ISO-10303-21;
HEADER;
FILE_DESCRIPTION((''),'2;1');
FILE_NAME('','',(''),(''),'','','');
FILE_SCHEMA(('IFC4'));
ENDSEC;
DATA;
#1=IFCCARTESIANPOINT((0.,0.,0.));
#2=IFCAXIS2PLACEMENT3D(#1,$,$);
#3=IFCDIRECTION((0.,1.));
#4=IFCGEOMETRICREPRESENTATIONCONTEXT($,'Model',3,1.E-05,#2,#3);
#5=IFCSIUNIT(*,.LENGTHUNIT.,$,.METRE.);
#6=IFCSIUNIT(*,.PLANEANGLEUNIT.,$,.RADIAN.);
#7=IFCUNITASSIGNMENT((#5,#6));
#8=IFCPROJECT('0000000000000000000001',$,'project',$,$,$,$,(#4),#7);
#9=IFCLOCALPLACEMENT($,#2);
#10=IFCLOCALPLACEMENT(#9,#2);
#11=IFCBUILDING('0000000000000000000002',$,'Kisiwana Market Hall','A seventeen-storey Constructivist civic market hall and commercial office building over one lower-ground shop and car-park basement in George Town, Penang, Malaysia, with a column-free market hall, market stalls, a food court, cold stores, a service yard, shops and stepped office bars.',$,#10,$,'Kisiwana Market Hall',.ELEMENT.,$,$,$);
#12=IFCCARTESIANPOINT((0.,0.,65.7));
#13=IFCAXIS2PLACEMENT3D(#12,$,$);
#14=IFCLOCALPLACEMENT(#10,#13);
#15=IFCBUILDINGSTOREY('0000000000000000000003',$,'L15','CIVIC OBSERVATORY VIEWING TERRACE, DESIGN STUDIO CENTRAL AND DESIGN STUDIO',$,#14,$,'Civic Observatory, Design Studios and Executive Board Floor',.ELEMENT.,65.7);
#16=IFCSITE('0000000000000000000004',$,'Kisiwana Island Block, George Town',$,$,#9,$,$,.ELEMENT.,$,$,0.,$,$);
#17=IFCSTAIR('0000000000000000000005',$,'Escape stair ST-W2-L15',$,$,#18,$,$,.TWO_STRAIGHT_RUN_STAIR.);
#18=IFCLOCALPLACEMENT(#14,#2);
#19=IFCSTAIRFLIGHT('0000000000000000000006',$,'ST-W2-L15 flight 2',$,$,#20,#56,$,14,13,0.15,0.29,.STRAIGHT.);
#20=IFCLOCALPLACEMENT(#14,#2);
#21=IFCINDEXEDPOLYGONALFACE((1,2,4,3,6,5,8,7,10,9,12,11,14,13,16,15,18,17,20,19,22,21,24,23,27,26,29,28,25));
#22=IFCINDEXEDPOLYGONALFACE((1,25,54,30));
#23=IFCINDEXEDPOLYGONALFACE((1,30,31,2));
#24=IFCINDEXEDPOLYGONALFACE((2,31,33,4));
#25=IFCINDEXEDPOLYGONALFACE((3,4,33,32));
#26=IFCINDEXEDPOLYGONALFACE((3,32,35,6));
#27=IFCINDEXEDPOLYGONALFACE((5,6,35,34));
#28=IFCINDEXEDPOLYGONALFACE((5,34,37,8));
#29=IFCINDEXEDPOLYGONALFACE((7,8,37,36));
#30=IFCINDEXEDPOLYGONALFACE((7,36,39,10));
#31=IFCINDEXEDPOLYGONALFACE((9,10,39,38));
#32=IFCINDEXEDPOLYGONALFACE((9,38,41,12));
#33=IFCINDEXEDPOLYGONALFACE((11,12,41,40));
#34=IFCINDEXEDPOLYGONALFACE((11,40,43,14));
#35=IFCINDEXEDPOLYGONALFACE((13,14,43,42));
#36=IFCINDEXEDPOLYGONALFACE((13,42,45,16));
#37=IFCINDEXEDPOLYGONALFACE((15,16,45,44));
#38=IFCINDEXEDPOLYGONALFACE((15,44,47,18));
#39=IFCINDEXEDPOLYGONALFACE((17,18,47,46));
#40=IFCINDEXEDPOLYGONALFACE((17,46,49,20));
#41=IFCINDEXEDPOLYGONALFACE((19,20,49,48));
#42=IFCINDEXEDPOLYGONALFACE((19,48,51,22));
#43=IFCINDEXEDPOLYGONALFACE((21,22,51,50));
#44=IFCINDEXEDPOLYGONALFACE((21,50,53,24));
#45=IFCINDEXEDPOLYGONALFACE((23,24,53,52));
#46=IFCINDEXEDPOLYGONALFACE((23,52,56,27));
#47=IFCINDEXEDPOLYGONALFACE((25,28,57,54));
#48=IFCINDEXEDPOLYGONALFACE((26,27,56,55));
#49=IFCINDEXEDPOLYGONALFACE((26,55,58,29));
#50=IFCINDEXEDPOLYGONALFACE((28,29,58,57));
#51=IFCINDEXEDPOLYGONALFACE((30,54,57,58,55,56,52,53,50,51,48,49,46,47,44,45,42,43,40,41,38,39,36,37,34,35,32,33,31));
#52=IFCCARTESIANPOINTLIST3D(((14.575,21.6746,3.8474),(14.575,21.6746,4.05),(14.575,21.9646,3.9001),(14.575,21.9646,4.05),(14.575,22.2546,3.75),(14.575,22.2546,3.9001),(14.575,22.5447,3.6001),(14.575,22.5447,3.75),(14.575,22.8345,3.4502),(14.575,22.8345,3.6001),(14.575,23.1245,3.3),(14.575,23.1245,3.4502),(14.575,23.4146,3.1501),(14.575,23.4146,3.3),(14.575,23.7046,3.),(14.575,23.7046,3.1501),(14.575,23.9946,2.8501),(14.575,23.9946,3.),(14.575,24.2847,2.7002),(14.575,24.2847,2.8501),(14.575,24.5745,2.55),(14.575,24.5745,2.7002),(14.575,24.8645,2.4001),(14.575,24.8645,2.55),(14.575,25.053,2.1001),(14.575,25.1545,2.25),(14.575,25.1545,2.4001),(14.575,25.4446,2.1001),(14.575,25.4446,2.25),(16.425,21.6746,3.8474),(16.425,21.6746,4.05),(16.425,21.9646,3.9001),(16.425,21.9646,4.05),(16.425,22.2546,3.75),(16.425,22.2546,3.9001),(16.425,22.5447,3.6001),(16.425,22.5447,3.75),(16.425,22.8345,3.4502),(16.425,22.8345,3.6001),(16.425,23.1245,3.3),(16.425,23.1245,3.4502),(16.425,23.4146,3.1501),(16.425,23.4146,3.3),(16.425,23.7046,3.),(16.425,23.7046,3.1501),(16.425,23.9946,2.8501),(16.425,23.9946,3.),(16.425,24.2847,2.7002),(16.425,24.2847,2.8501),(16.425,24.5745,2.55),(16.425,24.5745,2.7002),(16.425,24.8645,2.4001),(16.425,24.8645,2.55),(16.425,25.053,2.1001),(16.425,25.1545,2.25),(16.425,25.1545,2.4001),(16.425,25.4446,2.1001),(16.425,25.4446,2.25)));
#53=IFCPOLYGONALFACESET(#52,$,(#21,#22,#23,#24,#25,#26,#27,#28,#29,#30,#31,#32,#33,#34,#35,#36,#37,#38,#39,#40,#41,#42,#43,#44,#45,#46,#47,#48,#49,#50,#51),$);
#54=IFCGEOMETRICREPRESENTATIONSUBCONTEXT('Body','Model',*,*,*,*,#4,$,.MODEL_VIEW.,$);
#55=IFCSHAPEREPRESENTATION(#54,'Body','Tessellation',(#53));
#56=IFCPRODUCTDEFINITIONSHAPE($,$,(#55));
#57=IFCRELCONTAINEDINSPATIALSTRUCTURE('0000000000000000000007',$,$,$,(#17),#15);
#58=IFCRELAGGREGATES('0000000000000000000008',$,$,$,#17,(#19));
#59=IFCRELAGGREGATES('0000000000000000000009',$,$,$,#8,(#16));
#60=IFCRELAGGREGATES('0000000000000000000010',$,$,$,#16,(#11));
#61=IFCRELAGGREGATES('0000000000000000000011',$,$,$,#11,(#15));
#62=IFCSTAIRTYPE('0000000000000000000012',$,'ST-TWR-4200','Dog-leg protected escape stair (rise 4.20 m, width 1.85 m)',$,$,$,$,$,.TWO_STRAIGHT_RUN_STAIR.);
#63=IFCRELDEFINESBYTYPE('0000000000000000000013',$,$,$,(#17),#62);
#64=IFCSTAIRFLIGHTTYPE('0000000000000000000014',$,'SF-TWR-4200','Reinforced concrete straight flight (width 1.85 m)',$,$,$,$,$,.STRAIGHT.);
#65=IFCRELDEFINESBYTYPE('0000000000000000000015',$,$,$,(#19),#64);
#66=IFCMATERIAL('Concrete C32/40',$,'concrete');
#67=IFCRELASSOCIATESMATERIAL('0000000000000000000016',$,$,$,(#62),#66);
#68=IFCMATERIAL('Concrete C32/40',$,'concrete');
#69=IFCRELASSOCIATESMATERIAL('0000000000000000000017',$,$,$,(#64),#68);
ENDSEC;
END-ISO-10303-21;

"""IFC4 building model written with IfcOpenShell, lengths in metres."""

from ifc_helpers import new_model, si_unit, direction, frame, origin, place, context, subcontext, project, spatial, polyline, outline, extrude, material, type_object, element, aggregate, save


model = new_model("IFC4")

# Units and contexts
model_context = context("Model", 3, precision=1e-05, world=origin(), true_north=direction((0.0, 1.0)))
body_context = subcontext(model_context, "Body", "Model", "MODEL_VIEW")
ifc_project = project(units=[si_unit("LENGTHUNIT", "METRE"), si_unit("PLANEANGLEUNIT", "RADIAN")], contexts=[model_context])

# Site, building, storey
site_placement = place(None, origin())
site = spatial("IfcSite", under=ifc_project, at=site_placement, Name="Kisiwana Island Block, George Town", CompositionType="ELEMENT", RefElevation=0.0)
building_placement = place(site_placement, origin())
building = spatial("IfcBuilding", under=site, at=building_placement, Name="Kisiwana Market Hall", Description="A seventeen-storey Constructivist civic market hall and commercial office building over one lower-ground shop and car-park basement in George Town, Penang, Malaysia, with a column-free market hall, market stalls, a food court, cold stores, a service yard, shops and stepped office bars.", LongName="Kisiwana Market Hall", CompositionType="ELEMENT")
storey_placement = place(building_placement, frame((0.0, 0.0, 65.7)))
storey = spatial("IfcBuildingStorey", under=building, at=storey_placement, Name="L15", Description="CIVIC OBSERVATORY VIEWING TERRACE, DESIGN STUDIO CENTRAL AND DESIGN STUDIO", LongName="Civic Observatory, Design Studios and Executive Board Floor", CompositionType="ELEMENT", Elevation=65.7)

# Stair, stair flight
ifc_material_1 = material(Name="Concrete C32/40", Category="concrete")
stair_type = type_object("IfcStairType", Name="ST-TWR-4200", Description="Dog-leg protected escape stair (rise 4.20 m, width 1.85 m)", PredefinedType="TWO_STRAIGHT_RUN_STAIR", material=ifc_material_1)
stair_placement = place(storey_placement, origin())
stair = element("IfcStair", 1, at=stair_placement, inside=storey, type_object=stair_type, Name="Escape stair ST-W2-L15", PredefinedType="TWO_STRAIGHT_RUN_STAIR")
ifc_material_2 = material(Name="Concrete C32/40", Category="concrete")
stair_flight_type = type_object("IfcStairFlightType", Name="SF-TWR-4200", Description="Reinforced concrete straight flight (width 1.85 m)", PredefinedType="STRAIGHT", material=ifc_material_2)
stair_flight_1_placement = place(storey_placement, frame((15.5, 25.4446, 2.1001), z_axis=(0.0, 0.0, 1.0), x_axis=(0.0, -1.0, 0.0)))
stair_flight_1 = element("IfcStairFlight", 2, at=stair_flight_1_placement, type_object=stair_flight_type, Name="ST-W2-L15 flight 2", NumberOfRisers=14, NumberOfTreads=13, PredefinedType="STRAIGHT", RiserHeight=0.15, TreadLength=0.29, context=body_context, shape_type="SweptSolid", body=[
    extrude(outline(polyline([(0.0, 0.0), (0.0, 0.1499), (0.29, 0.1499), (0.29, 0.3), (0.5801, 0.3), (0.5801, 0.45), (0.8701, 0.45), (0.8701, 0.6001), (1.1599, 0.6001), (1.1599, 0.75), (1.45, 0.75), (1.45, 0.8999), (1.74, 0.8999), (1.74, 1.05), (2.03, 1.05), (2.03, 1.2), (2.3201, 1.2), (2.3201, 1.3501), (2.6101, 1.3501), (2.6101, 1.5), (2.8999, 1.5), (2.8999, 1.6499), (3.1899, 1.6499), (3.1899, 1.8), (3.48, 1.8), (3.48, 1.95), (3.77, 1.95), (3.77, 2.1001), (3.77, 1.7473), (0.3916, 0.0), (0.0, 0.0)])), frame((0.0, 0.925, 0.0), z_axis=(0.0, -1.0, 0.0), x_axis=(1.0, 0.0, 0.0)), (0.0, 0.0, 1.0), 1.8501),
])
aggregate(stair, [stair_flight_1])

save(model, "model.ifc")
